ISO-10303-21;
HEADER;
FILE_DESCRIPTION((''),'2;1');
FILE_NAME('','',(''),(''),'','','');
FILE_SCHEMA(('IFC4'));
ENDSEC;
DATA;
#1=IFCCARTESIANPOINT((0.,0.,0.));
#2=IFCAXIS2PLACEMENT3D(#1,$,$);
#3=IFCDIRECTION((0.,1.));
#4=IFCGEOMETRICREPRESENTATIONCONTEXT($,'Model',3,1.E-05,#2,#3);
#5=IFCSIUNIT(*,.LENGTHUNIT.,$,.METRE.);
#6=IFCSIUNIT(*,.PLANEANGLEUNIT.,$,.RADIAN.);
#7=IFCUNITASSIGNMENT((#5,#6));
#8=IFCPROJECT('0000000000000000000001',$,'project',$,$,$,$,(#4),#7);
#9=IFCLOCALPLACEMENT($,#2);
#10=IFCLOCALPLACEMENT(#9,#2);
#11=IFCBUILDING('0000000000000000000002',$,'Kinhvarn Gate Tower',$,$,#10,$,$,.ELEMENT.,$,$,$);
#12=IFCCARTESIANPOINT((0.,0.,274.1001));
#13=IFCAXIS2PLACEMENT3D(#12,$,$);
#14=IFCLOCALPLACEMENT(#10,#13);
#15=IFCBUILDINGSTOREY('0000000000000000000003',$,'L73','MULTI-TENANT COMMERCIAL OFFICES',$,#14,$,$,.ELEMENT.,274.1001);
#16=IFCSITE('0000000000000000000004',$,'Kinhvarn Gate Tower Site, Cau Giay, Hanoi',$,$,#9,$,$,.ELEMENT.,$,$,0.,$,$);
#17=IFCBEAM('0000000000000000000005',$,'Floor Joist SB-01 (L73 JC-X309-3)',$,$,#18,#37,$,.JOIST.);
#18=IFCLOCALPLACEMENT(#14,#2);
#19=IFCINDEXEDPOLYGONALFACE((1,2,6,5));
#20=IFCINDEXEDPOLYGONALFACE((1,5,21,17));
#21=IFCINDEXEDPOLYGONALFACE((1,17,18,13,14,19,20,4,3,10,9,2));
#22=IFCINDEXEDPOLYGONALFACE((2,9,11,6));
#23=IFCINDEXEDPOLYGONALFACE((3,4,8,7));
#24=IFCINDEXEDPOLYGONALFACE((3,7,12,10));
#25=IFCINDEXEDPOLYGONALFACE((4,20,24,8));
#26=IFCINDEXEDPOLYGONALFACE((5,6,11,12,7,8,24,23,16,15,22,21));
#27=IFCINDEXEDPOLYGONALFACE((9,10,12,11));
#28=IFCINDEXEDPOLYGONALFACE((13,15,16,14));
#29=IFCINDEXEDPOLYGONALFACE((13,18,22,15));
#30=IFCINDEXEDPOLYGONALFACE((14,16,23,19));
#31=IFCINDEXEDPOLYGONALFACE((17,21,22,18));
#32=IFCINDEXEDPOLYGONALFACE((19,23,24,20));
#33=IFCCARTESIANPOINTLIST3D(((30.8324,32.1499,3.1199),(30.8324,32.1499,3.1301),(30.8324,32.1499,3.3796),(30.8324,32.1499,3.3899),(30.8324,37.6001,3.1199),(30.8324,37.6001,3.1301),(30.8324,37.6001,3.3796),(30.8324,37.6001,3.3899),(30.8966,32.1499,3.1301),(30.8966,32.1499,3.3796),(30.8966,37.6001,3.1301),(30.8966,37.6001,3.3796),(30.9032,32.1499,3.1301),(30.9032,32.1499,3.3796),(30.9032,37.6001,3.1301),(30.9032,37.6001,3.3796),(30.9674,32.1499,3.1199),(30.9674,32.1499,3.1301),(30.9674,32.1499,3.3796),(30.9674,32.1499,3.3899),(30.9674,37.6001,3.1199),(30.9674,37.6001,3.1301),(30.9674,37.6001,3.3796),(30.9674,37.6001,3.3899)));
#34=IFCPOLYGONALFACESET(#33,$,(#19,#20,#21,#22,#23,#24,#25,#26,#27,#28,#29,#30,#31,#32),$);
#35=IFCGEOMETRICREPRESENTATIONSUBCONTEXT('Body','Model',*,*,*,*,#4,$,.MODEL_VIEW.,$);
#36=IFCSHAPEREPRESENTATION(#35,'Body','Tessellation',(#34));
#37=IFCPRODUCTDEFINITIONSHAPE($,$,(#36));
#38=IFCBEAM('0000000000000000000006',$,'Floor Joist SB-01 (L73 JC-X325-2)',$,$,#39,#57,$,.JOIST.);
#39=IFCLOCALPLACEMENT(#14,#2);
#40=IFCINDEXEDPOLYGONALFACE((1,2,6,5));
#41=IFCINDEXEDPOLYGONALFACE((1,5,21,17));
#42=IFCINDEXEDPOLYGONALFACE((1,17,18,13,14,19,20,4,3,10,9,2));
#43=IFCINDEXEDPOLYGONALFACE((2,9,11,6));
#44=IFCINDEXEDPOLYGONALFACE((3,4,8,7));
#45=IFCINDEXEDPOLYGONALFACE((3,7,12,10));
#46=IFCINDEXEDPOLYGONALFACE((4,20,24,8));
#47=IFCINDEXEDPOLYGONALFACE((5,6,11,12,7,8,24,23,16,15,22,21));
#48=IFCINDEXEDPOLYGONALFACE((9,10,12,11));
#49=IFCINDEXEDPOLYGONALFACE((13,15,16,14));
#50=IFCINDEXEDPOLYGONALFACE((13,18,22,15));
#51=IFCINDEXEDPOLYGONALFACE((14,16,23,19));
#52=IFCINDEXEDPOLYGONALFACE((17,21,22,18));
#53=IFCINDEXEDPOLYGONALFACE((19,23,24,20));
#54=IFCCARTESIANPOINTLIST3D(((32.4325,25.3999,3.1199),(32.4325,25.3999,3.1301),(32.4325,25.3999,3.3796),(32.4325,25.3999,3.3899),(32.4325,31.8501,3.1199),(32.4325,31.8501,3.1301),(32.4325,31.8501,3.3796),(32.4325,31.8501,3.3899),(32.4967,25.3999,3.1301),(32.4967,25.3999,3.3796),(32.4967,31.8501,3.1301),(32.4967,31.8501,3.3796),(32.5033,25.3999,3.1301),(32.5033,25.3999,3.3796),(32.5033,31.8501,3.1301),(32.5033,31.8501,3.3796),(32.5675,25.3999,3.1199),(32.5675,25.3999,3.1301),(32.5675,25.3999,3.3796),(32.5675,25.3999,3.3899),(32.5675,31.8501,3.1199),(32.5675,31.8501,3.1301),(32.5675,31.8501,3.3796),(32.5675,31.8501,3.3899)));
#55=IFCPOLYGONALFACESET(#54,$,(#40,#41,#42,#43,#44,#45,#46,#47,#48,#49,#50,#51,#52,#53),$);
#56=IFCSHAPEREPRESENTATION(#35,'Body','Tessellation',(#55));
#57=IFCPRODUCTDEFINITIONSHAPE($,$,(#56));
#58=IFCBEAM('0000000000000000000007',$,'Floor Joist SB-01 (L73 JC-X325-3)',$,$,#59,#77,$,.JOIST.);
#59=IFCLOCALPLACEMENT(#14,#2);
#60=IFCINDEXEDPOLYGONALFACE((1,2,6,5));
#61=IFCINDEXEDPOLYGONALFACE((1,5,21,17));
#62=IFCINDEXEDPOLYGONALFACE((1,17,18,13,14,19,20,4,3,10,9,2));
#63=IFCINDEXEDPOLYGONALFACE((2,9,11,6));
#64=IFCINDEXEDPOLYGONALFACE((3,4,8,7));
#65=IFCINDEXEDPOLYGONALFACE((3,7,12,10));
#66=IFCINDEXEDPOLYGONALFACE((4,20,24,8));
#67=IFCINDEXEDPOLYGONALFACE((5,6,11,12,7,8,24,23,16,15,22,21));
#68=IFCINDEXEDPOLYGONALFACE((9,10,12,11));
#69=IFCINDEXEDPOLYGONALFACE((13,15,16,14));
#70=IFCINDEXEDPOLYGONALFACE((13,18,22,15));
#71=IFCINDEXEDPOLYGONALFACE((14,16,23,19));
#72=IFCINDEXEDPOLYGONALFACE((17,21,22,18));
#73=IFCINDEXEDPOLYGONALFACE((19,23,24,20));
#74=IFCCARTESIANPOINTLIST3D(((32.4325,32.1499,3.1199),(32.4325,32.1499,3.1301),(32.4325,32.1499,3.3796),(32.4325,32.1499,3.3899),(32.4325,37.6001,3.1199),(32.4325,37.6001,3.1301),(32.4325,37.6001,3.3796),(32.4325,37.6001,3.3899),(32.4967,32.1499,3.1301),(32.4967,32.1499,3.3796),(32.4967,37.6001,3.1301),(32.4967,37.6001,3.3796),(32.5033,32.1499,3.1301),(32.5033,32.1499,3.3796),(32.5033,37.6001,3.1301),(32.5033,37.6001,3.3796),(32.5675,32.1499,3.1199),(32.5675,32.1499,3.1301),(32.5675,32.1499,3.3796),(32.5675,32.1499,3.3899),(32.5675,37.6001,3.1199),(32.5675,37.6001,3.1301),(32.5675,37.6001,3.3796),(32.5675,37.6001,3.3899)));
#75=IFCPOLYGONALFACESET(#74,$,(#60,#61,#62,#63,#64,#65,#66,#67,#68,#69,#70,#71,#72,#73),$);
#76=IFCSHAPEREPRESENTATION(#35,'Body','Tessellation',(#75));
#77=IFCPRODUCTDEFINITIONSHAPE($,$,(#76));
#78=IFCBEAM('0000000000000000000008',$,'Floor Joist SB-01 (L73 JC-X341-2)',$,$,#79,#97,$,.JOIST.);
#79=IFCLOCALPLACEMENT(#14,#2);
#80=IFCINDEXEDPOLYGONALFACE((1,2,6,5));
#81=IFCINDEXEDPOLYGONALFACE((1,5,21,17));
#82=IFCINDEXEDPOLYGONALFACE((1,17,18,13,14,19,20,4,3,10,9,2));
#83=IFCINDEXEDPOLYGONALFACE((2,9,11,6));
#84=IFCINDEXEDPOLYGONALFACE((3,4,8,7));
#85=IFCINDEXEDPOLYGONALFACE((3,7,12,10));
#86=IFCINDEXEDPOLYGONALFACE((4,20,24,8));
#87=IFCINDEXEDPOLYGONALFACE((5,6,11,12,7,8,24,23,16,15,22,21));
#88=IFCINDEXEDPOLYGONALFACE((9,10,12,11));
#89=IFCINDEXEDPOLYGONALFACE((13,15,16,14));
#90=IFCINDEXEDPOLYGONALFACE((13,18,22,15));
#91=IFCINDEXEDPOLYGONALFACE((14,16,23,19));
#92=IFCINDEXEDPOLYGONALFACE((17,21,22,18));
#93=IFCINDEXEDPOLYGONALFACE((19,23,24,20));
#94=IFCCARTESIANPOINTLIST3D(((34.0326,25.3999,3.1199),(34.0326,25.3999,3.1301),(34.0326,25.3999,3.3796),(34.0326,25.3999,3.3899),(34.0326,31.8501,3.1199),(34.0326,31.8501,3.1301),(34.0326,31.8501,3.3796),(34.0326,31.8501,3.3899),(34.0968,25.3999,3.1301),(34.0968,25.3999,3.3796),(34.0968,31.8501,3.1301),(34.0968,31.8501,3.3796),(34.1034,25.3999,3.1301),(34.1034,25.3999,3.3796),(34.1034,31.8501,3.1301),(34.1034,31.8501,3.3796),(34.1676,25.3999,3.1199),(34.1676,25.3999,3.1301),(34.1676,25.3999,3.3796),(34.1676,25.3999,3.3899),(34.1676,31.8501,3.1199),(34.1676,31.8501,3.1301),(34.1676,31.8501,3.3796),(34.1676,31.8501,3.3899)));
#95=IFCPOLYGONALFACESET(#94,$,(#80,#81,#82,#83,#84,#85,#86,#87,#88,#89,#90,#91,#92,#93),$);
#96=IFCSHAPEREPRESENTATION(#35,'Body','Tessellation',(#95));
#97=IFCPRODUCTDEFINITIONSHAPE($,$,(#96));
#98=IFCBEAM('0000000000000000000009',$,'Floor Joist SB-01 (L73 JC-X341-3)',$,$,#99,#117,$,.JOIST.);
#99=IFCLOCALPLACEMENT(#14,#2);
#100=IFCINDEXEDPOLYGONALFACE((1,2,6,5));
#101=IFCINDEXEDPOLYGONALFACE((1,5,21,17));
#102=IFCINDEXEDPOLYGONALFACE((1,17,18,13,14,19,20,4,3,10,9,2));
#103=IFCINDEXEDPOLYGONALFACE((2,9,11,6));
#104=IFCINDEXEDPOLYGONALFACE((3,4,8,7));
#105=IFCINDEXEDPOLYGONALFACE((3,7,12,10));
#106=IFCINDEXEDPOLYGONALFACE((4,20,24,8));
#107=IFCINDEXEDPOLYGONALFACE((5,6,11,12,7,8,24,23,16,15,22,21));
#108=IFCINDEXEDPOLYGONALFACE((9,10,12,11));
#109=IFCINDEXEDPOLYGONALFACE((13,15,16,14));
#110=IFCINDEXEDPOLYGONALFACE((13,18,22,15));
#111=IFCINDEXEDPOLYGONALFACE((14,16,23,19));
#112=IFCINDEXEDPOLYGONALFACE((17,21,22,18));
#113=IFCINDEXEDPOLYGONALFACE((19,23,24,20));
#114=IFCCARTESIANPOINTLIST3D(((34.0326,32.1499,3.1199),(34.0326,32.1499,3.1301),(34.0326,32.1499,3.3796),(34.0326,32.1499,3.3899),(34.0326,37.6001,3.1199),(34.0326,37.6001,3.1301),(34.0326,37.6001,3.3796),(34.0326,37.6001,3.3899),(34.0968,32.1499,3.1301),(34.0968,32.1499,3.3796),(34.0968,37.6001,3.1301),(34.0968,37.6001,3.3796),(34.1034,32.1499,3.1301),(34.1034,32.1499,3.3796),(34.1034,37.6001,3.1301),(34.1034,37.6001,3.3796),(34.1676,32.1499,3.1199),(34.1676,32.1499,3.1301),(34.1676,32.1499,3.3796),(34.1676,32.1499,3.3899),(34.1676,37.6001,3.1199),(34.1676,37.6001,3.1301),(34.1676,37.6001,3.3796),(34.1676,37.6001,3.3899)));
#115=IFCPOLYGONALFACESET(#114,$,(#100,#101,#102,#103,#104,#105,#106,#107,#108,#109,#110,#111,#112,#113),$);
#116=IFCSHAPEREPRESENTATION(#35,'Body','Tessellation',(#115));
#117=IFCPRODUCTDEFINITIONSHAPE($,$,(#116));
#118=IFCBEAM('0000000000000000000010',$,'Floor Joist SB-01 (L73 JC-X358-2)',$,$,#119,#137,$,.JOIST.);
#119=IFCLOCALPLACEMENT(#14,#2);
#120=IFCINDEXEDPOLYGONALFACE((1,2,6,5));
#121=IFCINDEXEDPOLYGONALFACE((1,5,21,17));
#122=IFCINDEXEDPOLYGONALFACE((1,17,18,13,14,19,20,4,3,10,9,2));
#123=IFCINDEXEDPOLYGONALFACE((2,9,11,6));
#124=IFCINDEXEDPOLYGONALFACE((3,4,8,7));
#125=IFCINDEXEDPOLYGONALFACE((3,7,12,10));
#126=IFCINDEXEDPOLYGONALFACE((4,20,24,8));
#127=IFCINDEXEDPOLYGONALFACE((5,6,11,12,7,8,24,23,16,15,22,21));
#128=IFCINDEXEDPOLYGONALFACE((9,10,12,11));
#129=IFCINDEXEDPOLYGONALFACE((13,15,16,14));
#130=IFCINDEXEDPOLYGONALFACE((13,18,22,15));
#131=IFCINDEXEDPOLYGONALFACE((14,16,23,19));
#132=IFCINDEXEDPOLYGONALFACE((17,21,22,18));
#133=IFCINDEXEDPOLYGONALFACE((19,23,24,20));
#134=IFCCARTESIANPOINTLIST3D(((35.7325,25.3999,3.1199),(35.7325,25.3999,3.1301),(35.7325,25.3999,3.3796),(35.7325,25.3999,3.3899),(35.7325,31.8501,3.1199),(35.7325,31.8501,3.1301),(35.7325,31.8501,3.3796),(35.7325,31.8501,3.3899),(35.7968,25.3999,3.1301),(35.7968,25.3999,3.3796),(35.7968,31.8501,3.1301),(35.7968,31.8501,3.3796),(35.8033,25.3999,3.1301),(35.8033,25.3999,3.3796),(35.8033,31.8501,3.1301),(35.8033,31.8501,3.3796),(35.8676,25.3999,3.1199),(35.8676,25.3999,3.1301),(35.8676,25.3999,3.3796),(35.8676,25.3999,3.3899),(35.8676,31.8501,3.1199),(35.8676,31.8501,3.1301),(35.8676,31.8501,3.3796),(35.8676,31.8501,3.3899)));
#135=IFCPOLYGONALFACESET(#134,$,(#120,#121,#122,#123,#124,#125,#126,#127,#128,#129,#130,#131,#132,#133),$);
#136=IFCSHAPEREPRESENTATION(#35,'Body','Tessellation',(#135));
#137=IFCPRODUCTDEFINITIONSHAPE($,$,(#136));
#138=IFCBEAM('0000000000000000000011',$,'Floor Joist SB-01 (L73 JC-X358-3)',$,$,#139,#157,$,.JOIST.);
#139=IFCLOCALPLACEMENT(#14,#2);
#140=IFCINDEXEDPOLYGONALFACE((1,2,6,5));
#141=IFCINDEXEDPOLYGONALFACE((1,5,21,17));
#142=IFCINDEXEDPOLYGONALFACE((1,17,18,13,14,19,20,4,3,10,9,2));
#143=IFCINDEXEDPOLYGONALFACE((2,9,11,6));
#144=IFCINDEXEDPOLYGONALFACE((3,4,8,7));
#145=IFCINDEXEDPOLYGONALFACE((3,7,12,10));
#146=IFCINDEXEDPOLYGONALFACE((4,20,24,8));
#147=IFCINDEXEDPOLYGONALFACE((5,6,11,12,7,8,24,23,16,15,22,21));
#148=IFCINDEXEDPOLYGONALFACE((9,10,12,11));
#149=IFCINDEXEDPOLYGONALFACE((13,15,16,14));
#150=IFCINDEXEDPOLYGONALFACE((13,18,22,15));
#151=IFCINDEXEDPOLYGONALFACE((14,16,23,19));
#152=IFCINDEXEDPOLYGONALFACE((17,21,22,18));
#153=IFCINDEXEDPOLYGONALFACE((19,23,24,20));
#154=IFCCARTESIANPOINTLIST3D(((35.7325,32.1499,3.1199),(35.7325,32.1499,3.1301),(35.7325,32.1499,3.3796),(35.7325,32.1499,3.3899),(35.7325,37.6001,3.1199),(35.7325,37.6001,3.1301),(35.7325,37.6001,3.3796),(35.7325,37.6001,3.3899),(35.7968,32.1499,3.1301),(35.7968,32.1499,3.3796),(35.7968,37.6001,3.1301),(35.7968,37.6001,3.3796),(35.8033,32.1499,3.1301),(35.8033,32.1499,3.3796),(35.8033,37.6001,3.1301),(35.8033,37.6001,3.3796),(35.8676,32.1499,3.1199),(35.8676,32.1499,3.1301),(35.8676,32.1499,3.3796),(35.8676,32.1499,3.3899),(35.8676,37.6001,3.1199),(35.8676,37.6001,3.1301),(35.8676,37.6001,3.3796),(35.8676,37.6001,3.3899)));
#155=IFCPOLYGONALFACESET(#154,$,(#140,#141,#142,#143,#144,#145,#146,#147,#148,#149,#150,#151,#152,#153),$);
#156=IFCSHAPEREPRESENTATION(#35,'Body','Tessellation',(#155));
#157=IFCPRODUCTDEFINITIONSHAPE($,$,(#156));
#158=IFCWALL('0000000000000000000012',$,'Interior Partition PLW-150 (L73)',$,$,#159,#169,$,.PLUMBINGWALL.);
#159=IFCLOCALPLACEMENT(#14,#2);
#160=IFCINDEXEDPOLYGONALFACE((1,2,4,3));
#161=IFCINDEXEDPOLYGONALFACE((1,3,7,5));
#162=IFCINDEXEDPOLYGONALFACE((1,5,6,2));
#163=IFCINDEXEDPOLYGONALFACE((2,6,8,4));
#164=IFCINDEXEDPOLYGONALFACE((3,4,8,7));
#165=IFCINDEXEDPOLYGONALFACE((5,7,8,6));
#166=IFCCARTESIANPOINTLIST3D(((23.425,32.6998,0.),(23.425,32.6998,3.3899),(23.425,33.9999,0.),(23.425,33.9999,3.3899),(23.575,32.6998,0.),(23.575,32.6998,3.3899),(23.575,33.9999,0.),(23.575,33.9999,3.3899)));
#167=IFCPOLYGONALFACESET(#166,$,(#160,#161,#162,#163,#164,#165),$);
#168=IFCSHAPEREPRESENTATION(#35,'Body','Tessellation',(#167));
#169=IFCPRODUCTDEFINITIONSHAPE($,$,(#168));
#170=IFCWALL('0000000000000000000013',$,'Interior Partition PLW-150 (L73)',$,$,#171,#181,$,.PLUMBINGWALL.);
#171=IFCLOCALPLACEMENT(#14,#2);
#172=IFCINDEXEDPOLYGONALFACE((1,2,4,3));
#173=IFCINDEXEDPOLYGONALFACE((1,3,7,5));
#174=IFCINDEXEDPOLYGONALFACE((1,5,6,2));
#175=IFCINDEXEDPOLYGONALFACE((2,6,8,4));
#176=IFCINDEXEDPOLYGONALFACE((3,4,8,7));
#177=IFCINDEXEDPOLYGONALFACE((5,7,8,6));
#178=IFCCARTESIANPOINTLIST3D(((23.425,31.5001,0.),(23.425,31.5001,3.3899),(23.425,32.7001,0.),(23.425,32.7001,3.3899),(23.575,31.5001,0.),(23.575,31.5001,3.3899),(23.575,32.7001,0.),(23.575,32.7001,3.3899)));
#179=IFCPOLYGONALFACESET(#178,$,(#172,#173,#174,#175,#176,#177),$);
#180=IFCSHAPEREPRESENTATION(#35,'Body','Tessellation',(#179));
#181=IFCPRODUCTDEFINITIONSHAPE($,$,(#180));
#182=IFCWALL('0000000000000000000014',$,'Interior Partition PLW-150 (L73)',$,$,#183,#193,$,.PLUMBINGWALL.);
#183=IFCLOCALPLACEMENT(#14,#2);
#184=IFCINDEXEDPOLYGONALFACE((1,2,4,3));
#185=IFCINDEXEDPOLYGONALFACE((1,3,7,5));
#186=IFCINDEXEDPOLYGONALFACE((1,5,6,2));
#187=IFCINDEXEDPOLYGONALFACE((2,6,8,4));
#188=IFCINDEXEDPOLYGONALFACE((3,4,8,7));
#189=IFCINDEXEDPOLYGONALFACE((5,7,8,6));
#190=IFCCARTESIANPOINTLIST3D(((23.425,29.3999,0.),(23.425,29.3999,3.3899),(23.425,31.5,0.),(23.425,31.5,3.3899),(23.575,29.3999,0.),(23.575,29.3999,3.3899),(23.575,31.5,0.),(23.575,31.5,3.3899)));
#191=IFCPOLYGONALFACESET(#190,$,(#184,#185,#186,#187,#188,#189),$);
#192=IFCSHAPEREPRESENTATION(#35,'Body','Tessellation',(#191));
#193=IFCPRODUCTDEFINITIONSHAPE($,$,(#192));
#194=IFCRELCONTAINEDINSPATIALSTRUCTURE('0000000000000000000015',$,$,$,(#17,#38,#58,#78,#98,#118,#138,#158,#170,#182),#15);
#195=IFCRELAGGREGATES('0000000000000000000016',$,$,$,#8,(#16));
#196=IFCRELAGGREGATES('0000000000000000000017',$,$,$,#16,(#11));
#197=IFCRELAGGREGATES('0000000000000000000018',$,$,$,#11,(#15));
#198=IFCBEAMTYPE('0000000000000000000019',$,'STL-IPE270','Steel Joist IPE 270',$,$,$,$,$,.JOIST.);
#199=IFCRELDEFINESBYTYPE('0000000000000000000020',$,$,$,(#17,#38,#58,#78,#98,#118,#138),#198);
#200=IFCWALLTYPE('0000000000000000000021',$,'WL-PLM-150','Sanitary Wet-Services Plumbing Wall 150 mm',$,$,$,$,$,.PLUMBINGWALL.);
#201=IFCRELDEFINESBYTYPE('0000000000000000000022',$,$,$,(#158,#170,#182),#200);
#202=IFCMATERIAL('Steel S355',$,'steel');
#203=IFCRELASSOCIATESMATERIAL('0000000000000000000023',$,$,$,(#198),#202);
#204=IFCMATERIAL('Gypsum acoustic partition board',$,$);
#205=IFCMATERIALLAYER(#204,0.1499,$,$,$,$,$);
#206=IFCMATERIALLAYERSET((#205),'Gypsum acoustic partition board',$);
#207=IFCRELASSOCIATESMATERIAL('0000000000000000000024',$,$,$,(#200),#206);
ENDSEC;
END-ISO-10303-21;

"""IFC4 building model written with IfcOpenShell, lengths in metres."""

from ifc_helpers import new_model, si_unit, direction, frame, frame_2d, origin, origin_2d, place, context, subcontext, project, spatial, rectangle, i_section, extrude, material, layer, layer_set, material_profile, profile_set, type_object, element, save


model = new_model("IFC4")

# Units and contexts
model_context = context("Model", 3, precision=1e-05, world=origin(), true_north=direction((0.0, 1.0)))
body_context = subcontext(model_context, "Body", "Model", "MODEL_VIEW")
ifc_project = project(units=[si_unit("LENGTHUNIT", "METRE"), si_unit("PLANEANGLEUNIT", "RADIAN")], contexts=[model_context])

# Site, building, storey
site_placement = place(None, origin())
site = spatial("IfcSite", under=ifc_project, at=site_placement, Name="Kinhvarn Gate Tower Site, Cau Giay, Hanoi", CompositionType="ELEMENT", RefElevation=0.0)
building_placement = place(site_placement, origin())
building = spatial("IfcBuilding", under=site, at=building_placement, Name="Kinhvarn Gate Tower", CompositionType="ELEMENT")
storey_placement = place(building_placement, frame((0.0, 0.0, 274.1001)))
storey = spatial("IfcBuildingStorey", under=building, at=storey_placement, Name="L73", Description="MULTI-TENANT COMMERCIAL OFFICES", CompositionType="ELEMENT", Elevation=274.1001)

# Beams
ifc_material_1 = material(Name="Steel S355", Category="steel")
ifc_material_profile = material_profile(ifc_material_1, i_section(OverallWidth=0.135, OverallDepth=0.27, WebThickness=0.0066, FlangeThickness=0.0103, at=origin_2d()), Name="IPE 270")
ifc_profile_set = profile_set([ifc_material_profile], Name="Steel S355")
beam_type = type_object("IfcBeamType", Name="STL-IPE270", Description="Steel Joist IPE 270", PredefinedType="JOIST", material=ifc_profile_set)
beam_1_placement = place(storey_placement, frame((30.8999, 32.1499, 3.2549), z_axis=(0.0, 1.0, 0.0), x_axis=(-1.0, 0.0, 0.0)))
element("IfcBeam", 1, at=beam_1_placement, inside=storey, type_object=beam_type, Name="Floor Joist SB-01 (L73 JC-X309-3)", PredefinedType="JOIST", context=body_context, shape_type="SweptSolid", body=[
    extrude(i_section(OverallWidth=0.135, OverallDepth=0.27, WebThickness=0.0066, FlangeThickness=0.0103, at=origin_2d()), origin(), (0.0, 0.0, 1.0), 5.4502),
])
beam_2_placement = place(storey_placement, frame((32.5, 25.3999, 3.2549), z_axis=(0.0, 1.0, 0.0), x_axis=(-1.0, 0.0, 0.0)))
element("IfcBeam", 2, at=beam_2_placement, inside=storey, type_object=beam_type, Name="Floor Joist SB-01 (L73 JC-X325-2)", PredefinedType="JOIST", context=body_context, shape_type="SweptSolid", body=[
    extrude(i_section(OverallWidth=0.135, OverallDepth=0.27, WebThickness=0.0066, FlangeThickness=0.0103, at=origin_2d()), origin(), (0.0, 0.0, 1.0), 6.4502),
])
beam_3_placement = place(storey_placement, frame((32.5, 32.1499, 3.2549), z_axis=(0.0, 1.0, 0.0), x_axis=(-1.0, 0.0, 0.0)))
element("IfcBeam", 3, at=beam_3_placement, inside=storey, type_object=beam_type, Name="Floor Joist SB-01 (L73 JC-X325-3)", PredefinedType="JOIST", context=body_context, shape_type="SweptSolid", body=[
    extrude(i_section(OverallWidth=0.135, OverallDepth=0.27, WebThickness=0.0066, FlangeThickness=0.0103, at=origin_2d()), origin(), (0.0, 0.0, 1.0), 5.4502),
])
beam_4_placement = place(storey_placement, frame((34.1001, 25.3999, 3.2549), z_axis=(0.0, 1.0, 0.0), x_axis=(-1.0, 0.0, 0.0)))
element("IfcBeam", 4, at=beam_4_placement, inside=storey, type_object=beam_type, Name="Floor Joist SB-01 (L73 JC-X341-2)", PredefinedType="JOIST", context=body_context, shape_type="SweptSolid", body=[
    extrude(i_section(OverallWidth=0.135, OverallDepth=0.27, WebThickness=0.0066, FlangeThickness=0.0103, at=origin_2d()), origin(), (0.0, 0.0, 1.0), 6.4502),
])
beam_5_placement = place(storey_placement, frame((34.1001, 32.1499, 3.2549), z_axis=(0.0, 1.0, 0.0), x_axis=(-1.0, 0.0, 0.0)))
element("IfcBeam", 5, at=beam_5_placement, inside=storey, type_object=beam_type, Name="Floor Joist SB-01 (L73 JC-X341-3)", PredefinedType="JOIST", context=body_context, shape_type="SweptSolid", body=[
    extrude(i_section(OverallWidth=0.135, OverallDepth=0.27, WebThickness=0.0066, FlangeThickness=0.0103, at=origin_2d()), origin(), (0.0, 0.0, 1.0), 5.4502),
])
beam_6_placement = place(storey_placement, frame((35.8, 25.3999, 3.2549), z_axis=(0.0, 1.0, 0.0), x_axis=(-1.0, 0.0, 0.0)))
element("IfcBeam", 6, at=beam_6_placement, inside=storey, type_object=beam_type, Name="Floor Joist SB-01 (L73 JC-X358-2)", PredefinedType="JOIST", context=body_context, shape_type="SweptSolid", body=[
    extrude(i_section(OverallWidth=0.135, OverallDepth=0.27, WebThickness=0.0066, FlangeThickness=0.0103, at=origin_2d()), origin(), (0.0, 0.0, 1.0), 6.4502),
])
beam_7_placement = place(storey_placement, frame((35.8, 32.1499, 3.2549), z_axis=(0.0, 1.0, 0.0), x_axis=(-1.0, 0.0, 0.0)))
element("IfcBeam", 7, at=beam_7_placement, inside=storey, type_object=beam_type, Name="Floor Joist SB-01 (L73 JC-X358-3)", PredefinedType="JOIST", context=body_context, shape_type="SweptSolid", body=[
    extrude(i_section(OverallWidth=0.135, OverallDepth=0.27, WebThickness=0.0066, FlangeThickness=0.0103, at=origin_2d()), origin(), (0.0, 0.0, 1.0), 5.4502),
])

# Walls
ifc_material_2 = material(Name="Gypsum acoustic partition board")
ifc_layer_1 = layer(ifc_material_2, 0.1499)
ifc_layer_set_1 = layer_set([ifc_layer_1], Name="Gypsum acoustic partition board")
wall_type_1 = type_object("IfcWallType", Name="WL-PLM-150", Description="Sanitary Wet-Services Plumbing Wall 150 mm", PredefinedType="PLUMBINGWALL", material=ifc_layer_set_1)
wall_1_placement = place(storey_placement, frame((23.5, 32.7, 0.0), z_axis=(0.0, 0.0, 1.0), x_axis=(0.0, 1.0, 0.0)))
element("IfcWall", 8, at=wall_1_placement, inside=storey, type_object=wall_type_1, Name="Interior Partition PLW-150 (L73)", PredefinedType="PLUMBINGWALL", context=body_context, shape_type="SweptSolid", body=[
    extrude(rectangle(XDim=1.3, YDim=0.1499, at=frame_2d((0.6499, 0.0))), origin(), (0.0, 0.0, 1.0), 3.3899),
])
wall_2_placement = place(storey_placement, frame((23.5, 31.5, 0.0), z_axis=(0.0, 0.0, 1.0), x_axis=(0.0, 1.0, 0.0)))
element("IfcWall", 9, at=wall_2_placement, inside=storey, type_object=wall_type_1, Name="Interior Partition PLW-150 (L73)", PredefinedType="PLUMBINGWALL", context=body_context, shape_type="SweptSolid", body=[
    extrude(rectangle(XDim=1.2, YDim=0.1499, at=frame_2d((0.6001, 0.0))), origin(), (0.0, 0.0, 1.0), 3.3899),
])
wall_3_placement = place(storey_placement, frame((23.5, 29.3999, 0.0), z_axis=(0.0, 0.0, 1.0), x_axis=(0.0, 1.0, 0.0)))
element("IfcWall", 10, at=wall_3_placement, inside=storey, type_object=wall_type_1, Name="Interior Partition PLW-150 (L73)", PredefinedType="PLUMBINGWALL", context=body_context, shape_type="SweptSolid", body=[
    extrude(rectangle(XDim=2.1001, YDim=0.1499, at=frame_2d((1.05, 0.0))), origin(), (0.0, 0.0, 1.0), 3.3899),
])

save(model, "model.ifc")
